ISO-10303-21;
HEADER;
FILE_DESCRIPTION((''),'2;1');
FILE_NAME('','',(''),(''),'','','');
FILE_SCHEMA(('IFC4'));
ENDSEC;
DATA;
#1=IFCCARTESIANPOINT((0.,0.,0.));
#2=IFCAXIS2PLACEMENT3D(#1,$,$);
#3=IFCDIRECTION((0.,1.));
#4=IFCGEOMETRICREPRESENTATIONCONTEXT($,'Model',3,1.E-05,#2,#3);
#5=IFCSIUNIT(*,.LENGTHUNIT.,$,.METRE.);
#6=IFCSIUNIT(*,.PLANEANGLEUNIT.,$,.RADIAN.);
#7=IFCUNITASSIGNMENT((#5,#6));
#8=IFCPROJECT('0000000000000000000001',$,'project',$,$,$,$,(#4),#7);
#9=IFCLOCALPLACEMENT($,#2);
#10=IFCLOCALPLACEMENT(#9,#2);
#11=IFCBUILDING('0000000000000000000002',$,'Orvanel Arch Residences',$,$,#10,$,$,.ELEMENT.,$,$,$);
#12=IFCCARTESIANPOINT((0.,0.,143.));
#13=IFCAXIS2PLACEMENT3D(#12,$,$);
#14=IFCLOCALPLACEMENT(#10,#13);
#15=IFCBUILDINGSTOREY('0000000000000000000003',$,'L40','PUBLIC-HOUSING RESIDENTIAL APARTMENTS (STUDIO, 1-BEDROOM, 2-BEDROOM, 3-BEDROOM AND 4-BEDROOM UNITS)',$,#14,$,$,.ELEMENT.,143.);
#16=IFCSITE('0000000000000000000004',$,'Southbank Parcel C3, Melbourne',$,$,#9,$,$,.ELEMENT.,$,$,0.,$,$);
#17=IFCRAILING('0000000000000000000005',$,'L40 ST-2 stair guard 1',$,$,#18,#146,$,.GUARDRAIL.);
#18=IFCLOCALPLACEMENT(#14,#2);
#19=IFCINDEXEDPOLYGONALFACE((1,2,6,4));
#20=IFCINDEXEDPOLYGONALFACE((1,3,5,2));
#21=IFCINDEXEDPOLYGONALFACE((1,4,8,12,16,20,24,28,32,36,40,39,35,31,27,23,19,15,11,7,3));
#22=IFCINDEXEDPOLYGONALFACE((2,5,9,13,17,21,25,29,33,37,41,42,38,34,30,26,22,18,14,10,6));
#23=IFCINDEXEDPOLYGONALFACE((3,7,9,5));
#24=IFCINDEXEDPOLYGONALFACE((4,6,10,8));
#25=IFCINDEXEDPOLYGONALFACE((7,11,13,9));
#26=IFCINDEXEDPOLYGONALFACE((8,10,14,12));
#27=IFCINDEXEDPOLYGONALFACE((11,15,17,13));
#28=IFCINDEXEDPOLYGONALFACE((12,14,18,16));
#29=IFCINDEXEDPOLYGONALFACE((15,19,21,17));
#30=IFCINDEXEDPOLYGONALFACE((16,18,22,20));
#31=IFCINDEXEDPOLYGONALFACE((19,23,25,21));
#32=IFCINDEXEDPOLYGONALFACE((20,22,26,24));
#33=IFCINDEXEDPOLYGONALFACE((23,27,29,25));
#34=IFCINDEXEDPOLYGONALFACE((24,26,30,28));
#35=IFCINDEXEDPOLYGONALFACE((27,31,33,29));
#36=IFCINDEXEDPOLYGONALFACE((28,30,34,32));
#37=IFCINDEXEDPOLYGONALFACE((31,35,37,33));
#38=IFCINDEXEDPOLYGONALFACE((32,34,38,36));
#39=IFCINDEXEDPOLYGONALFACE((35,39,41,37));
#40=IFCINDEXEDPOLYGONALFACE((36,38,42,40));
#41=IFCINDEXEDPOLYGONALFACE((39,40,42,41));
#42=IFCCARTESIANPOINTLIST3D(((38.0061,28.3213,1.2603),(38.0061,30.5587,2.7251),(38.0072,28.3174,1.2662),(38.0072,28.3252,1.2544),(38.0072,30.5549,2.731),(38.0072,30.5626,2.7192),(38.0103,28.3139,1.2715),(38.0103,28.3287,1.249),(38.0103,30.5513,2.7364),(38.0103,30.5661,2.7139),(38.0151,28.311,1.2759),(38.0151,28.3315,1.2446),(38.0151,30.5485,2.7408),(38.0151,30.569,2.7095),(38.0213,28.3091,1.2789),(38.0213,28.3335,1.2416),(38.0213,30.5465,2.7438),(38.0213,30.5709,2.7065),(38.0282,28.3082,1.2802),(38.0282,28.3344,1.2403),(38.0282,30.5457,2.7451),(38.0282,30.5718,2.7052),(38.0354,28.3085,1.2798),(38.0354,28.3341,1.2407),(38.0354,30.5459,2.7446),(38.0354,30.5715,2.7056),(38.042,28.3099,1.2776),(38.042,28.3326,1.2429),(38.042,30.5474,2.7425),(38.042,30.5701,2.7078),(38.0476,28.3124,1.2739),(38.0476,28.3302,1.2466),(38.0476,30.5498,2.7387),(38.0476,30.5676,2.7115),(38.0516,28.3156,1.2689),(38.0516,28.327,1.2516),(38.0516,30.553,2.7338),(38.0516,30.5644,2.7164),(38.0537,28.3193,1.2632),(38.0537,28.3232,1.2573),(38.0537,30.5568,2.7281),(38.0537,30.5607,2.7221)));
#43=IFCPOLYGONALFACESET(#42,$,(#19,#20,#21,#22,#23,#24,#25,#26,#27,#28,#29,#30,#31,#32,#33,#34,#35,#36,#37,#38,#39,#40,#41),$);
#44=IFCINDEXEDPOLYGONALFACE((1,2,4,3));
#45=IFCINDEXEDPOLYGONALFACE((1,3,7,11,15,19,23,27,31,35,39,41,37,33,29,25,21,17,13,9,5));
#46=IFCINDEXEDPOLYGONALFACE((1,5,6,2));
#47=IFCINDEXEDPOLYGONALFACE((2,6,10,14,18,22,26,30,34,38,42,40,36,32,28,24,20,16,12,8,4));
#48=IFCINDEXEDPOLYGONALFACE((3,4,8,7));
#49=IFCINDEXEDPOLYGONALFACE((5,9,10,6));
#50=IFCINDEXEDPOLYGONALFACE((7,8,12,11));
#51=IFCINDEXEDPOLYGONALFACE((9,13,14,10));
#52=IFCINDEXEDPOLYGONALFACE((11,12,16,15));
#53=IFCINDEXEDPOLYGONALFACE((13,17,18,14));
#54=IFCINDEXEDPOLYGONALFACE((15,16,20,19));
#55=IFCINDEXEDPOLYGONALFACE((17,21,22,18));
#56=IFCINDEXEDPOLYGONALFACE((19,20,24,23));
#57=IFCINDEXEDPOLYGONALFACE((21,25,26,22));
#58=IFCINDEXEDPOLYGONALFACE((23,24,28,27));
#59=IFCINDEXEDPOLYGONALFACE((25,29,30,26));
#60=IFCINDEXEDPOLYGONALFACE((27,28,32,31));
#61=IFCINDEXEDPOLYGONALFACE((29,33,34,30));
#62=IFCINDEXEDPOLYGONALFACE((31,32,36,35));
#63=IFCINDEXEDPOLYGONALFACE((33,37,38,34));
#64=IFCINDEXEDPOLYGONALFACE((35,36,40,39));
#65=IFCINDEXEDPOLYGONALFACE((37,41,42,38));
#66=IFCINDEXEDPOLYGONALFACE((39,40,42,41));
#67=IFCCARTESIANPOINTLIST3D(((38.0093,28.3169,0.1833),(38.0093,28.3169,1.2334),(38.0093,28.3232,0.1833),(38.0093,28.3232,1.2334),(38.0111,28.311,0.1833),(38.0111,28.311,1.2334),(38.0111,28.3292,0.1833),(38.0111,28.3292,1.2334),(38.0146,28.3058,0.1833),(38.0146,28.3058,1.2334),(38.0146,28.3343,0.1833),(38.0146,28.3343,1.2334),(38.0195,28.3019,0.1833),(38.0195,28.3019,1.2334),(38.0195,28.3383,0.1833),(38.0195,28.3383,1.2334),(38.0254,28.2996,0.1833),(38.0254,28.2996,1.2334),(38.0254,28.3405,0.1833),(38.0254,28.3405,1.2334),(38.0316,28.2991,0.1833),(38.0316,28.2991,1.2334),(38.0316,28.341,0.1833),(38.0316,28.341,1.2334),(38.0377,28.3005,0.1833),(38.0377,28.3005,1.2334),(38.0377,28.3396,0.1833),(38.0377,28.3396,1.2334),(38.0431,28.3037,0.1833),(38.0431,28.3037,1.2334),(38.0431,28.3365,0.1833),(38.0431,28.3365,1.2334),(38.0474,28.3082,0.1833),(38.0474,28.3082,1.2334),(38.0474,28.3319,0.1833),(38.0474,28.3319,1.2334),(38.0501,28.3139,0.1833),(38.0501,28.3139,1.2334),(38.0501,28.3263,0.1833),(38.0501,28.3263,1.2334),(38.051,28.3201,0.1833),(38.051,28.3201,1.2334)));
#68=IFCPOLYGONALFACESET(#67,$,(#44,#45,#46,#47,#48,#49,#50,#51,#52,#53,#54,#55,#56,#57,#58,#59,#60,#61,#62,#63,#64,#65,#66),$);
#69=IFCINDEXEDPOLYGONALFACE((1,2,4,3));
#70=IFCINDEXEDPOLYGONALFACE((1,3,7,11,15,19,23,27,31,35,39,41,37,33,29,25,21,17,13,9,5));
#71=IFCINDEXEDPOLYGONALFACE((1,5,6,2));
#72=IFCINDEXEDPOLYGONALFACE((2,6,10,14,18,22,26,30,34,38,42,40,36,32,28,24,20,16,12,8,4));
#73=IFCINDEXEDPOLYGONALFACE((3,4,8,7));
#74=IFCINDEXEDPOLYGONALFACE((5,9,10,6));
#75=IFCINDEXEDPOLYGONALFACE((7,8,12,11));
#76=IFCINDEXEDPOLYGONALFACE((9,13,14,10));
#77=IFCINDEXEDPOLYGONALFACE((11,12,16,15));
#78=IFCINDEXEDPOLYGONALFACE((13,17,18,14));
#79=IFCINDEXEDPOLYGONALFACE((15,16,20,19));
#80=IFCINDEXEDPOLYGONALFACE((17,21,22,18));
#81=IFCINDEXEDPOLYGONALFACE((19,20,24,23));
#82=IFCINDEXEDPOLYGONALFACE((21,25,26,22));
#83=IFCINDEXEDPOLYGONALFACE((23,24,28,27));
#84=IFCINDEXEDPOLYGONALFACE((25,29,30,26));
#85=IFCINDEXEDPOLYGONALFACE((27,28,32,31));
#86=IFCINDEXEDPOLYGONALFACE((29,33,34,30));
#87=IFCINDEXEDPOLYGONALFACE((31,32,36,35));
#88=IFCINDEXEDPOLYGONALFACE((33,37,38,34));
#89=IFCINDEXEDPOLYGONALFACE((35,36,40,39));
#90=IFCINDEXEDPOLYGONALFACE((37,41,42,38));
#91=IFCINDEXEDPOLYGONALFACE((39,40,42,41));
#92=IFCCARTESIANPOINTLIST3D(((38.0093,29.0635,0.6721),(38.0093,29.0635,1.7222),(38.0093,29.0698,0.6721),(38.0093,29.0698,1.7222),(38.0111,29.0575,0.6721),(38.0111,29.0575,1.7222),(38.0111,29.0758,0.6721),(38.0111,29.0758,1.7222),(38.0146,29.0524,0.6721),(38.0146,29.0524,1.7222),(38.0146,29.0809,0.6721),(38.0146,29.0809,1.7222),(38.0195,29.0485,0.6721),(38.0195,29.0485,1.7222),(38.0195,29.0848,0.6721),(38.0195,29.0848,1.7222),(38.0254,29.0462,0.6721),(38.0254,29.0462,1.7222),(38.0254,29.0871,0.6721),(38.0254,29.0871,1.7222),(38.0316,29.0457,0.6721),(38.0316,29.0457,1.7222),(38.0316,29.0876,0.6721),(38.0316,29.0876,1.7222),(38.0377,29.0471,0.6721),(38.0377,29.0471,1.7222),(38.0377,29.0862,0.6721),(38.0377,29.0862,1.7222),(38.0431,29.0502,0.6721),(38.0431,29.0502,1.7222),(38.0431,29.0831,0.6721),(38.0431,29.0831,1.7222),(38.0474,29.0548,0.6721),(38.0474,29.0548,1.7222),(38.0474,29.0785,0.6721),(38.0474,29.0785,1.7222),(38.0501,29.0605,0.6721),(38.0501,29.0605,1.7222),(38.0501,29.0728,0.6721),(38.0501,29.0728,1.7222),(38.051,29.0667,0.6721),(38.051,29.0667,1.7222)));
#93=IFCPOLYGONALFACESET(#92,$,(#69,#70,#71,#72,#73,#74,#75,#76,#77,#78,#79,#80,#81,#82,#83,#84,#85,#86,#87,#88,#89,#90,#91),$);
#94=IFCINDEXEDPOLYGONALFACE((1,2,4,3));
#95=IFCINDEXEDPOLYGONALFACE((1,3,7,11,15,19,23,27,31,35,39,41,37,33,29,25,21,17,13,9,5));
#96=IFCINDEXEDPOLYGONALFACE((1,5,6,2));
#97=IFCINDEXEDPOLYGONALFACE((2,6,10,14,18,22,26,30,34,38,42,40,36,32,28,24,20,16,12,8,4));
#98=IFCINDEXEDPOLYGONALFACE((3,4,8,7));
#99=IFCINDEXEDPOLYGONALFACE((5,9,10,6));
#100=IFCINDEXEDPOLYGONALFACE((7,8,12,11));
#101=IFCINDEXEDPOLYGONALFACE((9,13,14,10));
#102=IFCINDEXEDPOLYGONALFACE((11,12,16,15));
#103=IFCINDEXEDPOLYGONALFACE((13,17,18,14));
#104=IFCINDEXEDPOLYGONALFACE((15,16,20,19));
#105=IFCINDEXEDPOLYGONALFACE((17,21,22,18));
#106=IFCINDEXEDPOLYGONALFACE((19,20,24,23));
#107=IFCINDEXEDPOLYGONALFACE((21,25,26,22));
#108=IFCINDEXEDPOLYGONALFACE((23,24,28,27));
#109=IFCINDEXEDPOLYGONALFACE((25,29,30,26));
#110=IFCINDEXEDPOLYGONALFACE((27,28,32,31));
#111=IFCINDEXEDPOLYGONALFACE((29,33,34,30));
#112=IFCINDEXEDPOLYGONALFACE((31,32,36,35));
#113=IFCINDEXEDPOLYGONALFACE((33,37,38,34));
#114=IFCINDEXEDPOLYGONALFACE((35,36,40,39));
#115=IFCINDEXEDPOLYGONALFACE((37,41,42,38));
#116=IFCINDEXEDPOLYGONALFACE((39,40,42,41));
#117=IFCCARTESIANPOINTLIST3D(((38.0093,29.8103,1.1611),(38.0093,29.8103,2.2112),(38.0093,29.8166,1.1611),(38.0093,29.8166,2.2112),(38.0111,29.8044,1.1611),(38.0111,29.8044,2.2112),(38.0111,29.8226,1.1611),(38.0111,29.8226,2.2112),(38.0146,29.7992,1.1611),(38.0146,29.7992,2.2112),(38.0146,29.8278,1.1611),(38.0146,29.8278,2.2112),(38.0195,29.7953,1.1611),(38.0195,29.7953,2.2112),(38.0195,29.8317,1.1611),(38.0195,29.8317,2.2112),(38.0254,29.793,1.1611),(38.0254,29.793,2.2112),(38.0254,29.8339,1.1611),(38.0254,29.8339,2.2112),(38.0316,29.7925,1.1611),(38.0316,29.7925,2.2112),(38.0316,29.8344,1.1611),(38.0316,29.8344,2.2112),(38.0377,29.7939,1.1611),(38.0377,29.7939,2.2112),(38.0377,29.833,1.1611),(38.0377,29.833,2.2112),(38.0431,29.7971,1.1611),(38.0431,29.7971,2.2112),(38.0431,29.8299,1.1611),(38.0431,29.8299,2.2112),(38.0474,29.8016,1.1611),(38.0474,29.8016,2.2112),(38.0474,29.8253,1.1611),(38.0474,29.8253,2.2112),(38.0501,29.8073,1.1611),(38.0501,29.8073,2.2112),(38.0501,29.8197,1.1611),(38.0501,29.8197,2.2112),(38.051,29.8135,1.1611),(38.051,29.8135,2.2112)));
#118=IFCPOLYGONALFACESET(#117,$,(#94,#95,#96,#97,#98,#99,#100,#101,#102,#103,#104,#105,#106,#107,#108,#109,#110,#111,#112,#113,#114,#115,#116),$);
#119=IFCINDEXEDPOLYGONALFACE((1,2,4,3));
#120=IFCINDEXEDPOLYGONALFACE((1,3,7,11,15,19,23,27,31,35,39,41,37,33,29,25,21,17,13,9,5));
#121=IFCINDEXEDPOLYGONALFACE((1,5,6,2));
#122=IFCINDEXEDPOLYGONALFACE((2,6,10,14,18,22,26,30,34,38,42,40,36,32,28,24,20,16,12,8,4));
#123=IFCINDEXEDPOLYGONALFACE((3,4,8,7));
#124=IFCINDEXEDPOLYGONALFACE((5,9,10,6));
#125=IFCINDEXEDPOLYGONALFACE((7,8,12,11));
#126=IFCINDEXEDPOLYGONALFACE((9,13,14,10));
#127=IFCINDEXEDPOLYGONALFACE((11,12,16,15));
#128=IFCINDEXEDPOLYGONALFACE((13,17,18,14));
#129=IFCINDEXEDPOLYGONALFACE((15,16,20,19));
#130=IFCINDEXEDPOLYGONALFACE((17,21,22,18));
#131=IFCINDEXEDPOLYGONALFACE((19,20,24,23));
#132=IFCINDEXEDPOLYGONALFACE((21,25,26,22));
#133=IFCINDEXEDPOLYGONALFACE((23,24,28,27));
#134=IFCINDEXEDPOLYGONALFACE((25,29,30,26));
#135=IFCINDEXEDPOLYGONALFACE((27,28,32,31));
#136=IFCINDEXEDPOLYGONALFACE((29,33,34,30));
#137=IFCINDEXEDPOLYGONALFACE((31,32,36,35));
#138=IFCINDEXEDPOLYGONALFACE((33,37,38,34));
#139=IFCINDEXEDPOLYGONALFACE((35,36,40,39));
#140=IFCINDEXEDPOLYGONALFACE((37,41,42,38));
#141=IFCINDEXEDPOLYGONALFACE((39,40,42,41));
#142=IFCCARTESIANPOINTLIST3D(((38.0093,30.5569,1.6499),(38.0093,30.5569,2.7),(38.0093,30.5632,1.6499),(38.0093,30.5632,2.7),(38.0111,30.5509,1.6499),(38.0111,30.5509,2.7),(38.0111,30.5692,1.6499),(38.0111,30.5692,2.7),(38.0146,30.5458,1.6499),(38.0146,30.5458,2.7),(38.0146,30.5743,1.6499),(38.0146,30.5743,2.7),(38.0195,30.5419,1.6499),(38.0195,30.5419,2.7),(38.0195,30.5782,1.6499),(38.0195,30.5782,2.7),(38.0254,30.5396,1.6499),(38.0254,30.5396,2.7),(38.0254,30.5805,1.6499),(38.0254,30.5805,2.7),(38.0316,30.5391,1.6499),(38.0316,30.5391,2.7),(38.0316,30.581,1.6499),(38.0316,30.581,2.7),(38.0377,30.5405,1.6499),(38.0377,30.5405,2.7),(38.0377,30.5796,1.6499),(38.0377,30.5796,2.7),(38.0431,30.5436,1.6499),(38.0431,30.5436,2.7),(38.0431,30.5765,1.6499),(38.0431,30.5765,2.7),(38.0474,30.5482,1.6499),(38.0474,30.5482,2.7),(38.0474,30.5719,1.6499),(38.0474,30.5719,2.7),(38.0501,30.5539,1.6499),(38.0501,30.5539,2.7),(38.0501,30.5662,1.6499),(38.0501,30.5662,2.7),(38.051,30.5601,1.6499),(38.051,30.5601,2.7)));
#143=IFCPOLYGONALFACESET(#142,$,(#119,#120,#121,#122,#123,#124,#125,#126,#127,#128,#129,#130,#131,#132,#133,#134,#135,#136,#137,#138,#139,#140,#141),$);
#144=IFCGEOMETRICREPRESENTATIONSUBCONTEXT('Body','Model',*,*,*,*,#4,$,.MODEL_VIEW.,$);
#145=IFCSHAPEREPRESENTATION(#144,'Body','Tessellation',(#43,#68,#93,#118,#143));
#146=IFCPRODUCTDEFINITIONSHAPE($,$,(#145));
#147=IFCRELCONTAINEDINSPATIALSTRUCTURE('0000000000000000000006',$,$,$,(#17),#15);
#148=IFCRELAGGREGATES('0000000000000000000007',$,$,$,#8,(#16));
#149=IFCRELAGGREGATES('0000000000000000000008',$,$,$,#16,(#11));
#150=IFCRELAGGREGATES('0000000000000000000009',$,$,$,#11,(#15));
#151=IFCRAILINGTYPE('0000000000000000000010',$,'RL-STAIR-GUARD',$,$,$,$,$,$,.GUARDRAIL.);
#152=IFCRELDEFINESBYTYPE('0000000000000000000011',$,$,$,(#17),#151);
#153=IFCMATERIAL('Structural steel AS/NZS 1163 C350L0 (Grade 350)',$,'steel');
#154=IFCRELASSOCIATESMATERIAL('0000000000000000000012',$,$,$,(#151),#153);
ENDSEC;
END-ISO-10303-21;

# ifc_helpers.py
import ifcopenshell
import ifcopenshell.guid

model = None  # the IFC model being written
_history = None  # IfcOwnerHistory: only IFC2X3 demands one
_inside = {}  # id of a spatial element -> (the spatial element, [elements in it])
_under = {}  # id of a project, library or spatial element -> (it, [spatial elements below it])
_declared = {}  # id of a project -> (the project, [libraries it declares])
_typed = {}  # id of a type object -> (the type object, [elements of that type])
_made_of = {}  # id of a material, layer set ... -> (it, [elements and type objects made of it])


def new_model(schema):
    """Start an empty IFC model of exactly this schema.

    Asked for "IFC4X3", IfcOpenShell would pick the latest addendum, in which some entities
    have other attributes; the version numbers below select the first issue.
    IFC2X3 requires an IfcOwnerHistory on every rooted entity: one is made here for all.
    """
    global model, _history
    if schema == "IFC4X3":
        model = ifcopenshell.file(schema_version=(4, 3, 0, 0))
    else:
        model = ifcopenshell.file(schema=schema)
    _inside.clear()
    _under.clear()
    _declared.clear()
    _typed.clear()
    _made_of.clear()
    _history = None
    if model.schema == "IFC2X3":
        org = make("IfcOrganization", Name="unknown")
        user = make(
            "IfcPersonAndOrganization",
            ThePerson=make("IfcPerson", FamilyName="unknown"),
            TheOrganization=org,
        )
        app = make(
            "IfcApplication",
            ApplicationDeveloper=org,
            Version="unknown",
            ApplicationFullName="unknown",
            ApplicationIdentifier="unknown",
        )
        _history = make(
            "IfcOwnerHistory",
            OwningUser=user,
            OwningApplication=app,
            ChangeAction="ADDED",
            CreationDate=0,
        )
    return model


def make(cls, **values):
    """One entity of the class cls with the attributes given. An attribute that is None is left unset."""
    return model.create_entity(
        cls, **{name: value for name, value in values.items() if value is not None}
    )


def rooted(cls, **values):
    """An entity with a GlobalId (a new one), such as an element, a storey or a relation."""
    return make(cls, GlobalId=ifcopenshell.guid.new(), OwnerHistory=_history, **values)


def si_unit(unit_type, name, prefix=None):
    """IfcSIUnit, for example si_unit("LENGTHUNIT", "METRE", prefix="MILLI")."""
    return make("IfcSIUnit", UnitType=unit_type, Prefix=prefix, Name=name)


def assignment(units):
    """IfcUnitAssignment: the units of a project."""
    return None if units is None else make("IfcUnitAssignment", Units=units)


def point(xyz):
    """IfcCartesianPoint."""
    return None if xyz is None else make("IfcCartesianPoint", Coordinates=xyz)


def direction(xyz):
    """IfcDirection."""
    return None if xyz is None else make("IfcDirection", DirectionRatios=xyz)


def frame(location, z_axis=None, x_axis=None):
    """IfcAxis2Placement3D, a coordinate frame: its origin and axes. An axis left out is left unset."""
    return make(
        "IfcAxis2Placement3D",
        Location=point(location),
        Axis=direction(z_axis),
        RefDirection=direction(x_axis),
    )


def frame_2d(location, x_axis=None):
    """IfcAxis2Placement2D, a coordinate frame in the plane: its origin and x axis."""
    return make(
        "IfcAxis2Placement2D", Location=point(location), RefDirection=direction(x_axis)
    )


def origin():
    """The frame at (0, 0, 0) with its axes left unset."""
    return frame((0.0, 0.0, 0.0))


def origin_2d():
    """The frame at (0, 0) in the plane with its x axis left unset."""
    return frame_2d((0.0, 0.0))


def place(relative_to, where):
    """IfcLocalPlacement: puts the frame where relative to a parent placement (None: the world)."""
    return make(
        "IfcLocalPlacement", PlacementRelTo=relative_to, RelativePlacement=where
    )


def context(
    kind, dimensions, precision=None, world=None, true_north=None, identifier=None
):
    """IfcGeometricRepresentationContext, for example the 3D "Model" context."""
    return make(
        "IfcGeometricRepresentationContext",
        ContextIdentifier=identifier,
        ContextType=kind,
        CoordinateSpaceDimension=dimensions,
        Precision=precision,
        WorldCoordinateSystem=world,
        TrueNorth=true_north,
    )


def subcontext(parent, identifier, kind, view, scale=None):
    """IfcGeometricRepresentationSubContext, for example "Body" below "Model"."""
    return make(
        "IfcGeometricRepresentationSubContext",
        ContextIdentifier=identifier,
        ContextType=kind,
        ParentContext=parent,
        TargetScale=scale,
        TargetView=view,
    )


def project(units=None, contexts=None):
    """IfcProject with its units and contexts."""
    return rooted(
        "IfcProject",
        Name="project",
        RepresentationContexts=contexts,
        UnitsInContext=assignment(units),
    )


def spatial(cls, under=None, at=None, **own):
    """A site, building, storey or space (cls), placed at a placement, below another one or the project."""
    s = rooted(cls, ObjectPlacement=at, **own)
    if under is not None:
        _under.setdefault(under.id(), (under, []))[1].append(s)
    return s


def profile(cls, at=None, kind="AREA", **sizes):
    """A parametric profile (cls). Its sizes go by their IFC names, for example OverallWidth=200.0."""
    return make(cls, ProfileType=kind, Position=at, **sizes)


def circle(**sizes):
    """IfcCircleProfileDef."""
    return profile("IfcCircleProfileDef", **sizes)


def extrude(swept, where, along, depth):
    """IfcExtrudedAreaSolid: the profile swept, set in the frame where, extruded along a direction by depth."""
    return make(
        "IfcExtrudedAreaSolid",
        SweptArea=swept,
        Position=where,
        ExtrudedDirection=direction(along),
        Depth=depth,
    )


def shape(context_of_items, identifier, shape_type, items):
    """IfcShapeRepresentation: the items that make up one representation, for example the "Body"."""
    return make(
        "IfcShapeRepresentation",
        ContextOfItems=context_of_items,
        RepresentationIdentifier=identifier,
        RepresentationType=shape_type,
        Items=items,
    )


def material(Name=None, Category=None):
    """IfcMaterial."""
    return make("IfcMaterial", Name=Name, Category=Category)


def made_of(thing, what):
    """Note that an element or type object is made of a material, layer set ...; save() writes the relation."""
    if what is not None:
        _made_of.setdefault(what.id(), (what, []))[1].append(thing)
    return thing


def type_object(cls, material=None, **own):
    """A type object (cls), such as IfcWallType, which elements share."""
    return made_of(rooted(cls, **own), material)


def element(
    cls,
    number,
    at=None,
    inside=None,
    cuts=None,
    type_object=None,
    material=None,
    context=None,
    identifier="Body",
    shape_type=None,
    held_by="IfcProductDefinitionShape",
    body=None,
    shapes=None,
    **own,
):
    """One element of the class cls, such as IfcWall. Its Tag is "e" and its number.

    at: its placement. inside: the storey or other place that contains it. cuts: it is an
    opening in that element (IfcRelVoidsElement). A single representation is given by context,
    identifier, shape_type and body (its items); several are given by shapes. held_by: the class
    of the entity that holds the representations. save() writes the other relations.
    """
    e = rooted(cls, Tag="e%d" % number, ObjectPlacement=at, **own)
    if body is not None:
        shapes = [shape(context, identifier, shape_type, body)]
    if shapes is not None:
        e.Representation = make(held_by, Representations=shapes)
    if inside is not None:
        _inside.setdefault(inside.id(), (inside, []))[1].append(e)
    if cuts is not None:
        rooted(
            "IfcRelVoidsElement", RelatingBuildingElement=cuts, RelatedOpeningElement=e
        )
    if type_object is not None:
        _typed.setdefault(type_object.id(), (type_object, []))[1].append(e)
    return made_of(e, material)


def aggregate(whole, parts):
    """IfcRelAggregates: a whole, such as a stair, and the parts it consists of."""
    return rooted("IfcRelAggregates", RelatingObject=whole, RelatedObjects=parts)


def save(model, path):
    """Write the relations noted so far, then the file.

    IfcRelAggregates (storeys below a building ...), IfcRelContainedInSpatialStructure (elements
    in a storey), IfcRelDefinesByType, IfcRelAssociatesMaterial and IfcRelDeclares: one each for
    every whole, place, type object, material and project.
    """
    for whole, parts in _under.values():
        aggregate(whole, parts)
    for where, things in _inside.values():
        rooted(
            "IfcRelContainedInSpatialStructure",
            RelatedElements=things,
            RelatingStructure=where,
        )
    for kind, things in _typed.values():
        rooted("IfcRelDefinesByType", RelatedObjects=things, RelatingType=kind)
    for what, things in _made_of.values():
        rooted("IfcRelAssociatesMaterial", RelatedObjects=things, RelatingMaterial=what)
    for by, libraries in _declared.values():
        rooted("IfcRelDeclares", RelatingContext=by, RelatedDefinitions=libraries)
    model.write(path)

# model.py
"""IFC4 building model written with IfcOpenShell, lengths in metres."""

from ifc_helpers import new_model, si_unit, direction, frame, origin, origin_2d, place, context, subcontext, project, spatial, circle, extrude, material, type_object, element, save


model = new_model("IFC4")

# Units and contexts
model_context = context("Model", 3, precision=1e-05, world=origin(), true_north=direction((0.0, 1.0)))
body_context = subcontext(model_context, "Body", "Model", "MODEL_VIEW")
ifc_project = project(units=[si_unit("LENGTHUNIT", "METRE"), si_unit("PLANEANGLEUNIT", "RADIAN")], contexts=[model_context])

# Site, building, storey
site_placement = place(None, origin())
site = spatial("IfcSite", under=ifc_project, at=site_placement, Name="Southbank Parcel C3, Melbourne", CompositionType="ELEMENT", RefElevation=0.0)
building_placement = place(site_placement, origin())
building = spatial("IfcBuilding", under=site, at=building_placement, Name="Orvanel Arch Residences", CompositionType="ELEMENT")
storey_placement = place(building_placement, frame((0.0, 0.0, 143.0)))
storey = spatial("IfcBuildingStorey", under=building, at=storey_placement, Name="L40", Description="PUBLIC-HOUSING RESIDENTIAL APARTMENTS (STUDIO, 1-BEDROOM, 2-BEDROOM, 3-BEDROOM AND 4-BEDROOM UNITS)", CompositionType="ELEMENT", Elevation=143.0)

# Railing
ifc_material_1 = material(Name="Structural steel AS/NZS 1163 C350L0 (Grade 350)", Category="steel")
railing_type_1 = type_object("IfcRailingType", Name="RL-STAIR-GUARD", PredefinedType="GUARDRAIL", material=ifc_material_1)
railing_1_placement = place(storey_placement, frame((38.03, 28.3201, 0.1833)))
element("IfcRailing", 1, at=railing_1_placement, inside=storey, type_object=railing_type_1, Name="L40 ST-2 stair guard 1", PredefinedType="GUARDRAIL", context=body_context, shape_type="SweptSolid", body=[
    extrude(circle(Radius=0.0239, at=origin_2d()), frame((0.0, 0.0012, 1.0769), z_axis=(0.0, 0.836637, 0.547758), x_axis=(-1.0, 0.0, 0.0)), (0.0, 0.0, 1.0), 2.6743),
    extrude(circle(Radius=0.021, at=origin_2d()), origin(), (0.0, 0.0, 1.0), 1.05),
    extrude(circle(Radius=0.021, at=origin_2d()), frame((0.0, 0.7466, 0.4888)), (0.0, 0.0, 1.0), 1.05),
    extrude(circle(Radius=0.021, at=origin_2d()), frame((0.0, 1.4934, 0.9778)), (0.0, 0.0, 1.0), 1.05),
    extrude(circle(Radius=0.021, at=origin_2d()), frame((0.0, 2.24, 1.4666)), (0.0, 0.0, 1.0), 1.05),
])

save(model, "model.ifc")
